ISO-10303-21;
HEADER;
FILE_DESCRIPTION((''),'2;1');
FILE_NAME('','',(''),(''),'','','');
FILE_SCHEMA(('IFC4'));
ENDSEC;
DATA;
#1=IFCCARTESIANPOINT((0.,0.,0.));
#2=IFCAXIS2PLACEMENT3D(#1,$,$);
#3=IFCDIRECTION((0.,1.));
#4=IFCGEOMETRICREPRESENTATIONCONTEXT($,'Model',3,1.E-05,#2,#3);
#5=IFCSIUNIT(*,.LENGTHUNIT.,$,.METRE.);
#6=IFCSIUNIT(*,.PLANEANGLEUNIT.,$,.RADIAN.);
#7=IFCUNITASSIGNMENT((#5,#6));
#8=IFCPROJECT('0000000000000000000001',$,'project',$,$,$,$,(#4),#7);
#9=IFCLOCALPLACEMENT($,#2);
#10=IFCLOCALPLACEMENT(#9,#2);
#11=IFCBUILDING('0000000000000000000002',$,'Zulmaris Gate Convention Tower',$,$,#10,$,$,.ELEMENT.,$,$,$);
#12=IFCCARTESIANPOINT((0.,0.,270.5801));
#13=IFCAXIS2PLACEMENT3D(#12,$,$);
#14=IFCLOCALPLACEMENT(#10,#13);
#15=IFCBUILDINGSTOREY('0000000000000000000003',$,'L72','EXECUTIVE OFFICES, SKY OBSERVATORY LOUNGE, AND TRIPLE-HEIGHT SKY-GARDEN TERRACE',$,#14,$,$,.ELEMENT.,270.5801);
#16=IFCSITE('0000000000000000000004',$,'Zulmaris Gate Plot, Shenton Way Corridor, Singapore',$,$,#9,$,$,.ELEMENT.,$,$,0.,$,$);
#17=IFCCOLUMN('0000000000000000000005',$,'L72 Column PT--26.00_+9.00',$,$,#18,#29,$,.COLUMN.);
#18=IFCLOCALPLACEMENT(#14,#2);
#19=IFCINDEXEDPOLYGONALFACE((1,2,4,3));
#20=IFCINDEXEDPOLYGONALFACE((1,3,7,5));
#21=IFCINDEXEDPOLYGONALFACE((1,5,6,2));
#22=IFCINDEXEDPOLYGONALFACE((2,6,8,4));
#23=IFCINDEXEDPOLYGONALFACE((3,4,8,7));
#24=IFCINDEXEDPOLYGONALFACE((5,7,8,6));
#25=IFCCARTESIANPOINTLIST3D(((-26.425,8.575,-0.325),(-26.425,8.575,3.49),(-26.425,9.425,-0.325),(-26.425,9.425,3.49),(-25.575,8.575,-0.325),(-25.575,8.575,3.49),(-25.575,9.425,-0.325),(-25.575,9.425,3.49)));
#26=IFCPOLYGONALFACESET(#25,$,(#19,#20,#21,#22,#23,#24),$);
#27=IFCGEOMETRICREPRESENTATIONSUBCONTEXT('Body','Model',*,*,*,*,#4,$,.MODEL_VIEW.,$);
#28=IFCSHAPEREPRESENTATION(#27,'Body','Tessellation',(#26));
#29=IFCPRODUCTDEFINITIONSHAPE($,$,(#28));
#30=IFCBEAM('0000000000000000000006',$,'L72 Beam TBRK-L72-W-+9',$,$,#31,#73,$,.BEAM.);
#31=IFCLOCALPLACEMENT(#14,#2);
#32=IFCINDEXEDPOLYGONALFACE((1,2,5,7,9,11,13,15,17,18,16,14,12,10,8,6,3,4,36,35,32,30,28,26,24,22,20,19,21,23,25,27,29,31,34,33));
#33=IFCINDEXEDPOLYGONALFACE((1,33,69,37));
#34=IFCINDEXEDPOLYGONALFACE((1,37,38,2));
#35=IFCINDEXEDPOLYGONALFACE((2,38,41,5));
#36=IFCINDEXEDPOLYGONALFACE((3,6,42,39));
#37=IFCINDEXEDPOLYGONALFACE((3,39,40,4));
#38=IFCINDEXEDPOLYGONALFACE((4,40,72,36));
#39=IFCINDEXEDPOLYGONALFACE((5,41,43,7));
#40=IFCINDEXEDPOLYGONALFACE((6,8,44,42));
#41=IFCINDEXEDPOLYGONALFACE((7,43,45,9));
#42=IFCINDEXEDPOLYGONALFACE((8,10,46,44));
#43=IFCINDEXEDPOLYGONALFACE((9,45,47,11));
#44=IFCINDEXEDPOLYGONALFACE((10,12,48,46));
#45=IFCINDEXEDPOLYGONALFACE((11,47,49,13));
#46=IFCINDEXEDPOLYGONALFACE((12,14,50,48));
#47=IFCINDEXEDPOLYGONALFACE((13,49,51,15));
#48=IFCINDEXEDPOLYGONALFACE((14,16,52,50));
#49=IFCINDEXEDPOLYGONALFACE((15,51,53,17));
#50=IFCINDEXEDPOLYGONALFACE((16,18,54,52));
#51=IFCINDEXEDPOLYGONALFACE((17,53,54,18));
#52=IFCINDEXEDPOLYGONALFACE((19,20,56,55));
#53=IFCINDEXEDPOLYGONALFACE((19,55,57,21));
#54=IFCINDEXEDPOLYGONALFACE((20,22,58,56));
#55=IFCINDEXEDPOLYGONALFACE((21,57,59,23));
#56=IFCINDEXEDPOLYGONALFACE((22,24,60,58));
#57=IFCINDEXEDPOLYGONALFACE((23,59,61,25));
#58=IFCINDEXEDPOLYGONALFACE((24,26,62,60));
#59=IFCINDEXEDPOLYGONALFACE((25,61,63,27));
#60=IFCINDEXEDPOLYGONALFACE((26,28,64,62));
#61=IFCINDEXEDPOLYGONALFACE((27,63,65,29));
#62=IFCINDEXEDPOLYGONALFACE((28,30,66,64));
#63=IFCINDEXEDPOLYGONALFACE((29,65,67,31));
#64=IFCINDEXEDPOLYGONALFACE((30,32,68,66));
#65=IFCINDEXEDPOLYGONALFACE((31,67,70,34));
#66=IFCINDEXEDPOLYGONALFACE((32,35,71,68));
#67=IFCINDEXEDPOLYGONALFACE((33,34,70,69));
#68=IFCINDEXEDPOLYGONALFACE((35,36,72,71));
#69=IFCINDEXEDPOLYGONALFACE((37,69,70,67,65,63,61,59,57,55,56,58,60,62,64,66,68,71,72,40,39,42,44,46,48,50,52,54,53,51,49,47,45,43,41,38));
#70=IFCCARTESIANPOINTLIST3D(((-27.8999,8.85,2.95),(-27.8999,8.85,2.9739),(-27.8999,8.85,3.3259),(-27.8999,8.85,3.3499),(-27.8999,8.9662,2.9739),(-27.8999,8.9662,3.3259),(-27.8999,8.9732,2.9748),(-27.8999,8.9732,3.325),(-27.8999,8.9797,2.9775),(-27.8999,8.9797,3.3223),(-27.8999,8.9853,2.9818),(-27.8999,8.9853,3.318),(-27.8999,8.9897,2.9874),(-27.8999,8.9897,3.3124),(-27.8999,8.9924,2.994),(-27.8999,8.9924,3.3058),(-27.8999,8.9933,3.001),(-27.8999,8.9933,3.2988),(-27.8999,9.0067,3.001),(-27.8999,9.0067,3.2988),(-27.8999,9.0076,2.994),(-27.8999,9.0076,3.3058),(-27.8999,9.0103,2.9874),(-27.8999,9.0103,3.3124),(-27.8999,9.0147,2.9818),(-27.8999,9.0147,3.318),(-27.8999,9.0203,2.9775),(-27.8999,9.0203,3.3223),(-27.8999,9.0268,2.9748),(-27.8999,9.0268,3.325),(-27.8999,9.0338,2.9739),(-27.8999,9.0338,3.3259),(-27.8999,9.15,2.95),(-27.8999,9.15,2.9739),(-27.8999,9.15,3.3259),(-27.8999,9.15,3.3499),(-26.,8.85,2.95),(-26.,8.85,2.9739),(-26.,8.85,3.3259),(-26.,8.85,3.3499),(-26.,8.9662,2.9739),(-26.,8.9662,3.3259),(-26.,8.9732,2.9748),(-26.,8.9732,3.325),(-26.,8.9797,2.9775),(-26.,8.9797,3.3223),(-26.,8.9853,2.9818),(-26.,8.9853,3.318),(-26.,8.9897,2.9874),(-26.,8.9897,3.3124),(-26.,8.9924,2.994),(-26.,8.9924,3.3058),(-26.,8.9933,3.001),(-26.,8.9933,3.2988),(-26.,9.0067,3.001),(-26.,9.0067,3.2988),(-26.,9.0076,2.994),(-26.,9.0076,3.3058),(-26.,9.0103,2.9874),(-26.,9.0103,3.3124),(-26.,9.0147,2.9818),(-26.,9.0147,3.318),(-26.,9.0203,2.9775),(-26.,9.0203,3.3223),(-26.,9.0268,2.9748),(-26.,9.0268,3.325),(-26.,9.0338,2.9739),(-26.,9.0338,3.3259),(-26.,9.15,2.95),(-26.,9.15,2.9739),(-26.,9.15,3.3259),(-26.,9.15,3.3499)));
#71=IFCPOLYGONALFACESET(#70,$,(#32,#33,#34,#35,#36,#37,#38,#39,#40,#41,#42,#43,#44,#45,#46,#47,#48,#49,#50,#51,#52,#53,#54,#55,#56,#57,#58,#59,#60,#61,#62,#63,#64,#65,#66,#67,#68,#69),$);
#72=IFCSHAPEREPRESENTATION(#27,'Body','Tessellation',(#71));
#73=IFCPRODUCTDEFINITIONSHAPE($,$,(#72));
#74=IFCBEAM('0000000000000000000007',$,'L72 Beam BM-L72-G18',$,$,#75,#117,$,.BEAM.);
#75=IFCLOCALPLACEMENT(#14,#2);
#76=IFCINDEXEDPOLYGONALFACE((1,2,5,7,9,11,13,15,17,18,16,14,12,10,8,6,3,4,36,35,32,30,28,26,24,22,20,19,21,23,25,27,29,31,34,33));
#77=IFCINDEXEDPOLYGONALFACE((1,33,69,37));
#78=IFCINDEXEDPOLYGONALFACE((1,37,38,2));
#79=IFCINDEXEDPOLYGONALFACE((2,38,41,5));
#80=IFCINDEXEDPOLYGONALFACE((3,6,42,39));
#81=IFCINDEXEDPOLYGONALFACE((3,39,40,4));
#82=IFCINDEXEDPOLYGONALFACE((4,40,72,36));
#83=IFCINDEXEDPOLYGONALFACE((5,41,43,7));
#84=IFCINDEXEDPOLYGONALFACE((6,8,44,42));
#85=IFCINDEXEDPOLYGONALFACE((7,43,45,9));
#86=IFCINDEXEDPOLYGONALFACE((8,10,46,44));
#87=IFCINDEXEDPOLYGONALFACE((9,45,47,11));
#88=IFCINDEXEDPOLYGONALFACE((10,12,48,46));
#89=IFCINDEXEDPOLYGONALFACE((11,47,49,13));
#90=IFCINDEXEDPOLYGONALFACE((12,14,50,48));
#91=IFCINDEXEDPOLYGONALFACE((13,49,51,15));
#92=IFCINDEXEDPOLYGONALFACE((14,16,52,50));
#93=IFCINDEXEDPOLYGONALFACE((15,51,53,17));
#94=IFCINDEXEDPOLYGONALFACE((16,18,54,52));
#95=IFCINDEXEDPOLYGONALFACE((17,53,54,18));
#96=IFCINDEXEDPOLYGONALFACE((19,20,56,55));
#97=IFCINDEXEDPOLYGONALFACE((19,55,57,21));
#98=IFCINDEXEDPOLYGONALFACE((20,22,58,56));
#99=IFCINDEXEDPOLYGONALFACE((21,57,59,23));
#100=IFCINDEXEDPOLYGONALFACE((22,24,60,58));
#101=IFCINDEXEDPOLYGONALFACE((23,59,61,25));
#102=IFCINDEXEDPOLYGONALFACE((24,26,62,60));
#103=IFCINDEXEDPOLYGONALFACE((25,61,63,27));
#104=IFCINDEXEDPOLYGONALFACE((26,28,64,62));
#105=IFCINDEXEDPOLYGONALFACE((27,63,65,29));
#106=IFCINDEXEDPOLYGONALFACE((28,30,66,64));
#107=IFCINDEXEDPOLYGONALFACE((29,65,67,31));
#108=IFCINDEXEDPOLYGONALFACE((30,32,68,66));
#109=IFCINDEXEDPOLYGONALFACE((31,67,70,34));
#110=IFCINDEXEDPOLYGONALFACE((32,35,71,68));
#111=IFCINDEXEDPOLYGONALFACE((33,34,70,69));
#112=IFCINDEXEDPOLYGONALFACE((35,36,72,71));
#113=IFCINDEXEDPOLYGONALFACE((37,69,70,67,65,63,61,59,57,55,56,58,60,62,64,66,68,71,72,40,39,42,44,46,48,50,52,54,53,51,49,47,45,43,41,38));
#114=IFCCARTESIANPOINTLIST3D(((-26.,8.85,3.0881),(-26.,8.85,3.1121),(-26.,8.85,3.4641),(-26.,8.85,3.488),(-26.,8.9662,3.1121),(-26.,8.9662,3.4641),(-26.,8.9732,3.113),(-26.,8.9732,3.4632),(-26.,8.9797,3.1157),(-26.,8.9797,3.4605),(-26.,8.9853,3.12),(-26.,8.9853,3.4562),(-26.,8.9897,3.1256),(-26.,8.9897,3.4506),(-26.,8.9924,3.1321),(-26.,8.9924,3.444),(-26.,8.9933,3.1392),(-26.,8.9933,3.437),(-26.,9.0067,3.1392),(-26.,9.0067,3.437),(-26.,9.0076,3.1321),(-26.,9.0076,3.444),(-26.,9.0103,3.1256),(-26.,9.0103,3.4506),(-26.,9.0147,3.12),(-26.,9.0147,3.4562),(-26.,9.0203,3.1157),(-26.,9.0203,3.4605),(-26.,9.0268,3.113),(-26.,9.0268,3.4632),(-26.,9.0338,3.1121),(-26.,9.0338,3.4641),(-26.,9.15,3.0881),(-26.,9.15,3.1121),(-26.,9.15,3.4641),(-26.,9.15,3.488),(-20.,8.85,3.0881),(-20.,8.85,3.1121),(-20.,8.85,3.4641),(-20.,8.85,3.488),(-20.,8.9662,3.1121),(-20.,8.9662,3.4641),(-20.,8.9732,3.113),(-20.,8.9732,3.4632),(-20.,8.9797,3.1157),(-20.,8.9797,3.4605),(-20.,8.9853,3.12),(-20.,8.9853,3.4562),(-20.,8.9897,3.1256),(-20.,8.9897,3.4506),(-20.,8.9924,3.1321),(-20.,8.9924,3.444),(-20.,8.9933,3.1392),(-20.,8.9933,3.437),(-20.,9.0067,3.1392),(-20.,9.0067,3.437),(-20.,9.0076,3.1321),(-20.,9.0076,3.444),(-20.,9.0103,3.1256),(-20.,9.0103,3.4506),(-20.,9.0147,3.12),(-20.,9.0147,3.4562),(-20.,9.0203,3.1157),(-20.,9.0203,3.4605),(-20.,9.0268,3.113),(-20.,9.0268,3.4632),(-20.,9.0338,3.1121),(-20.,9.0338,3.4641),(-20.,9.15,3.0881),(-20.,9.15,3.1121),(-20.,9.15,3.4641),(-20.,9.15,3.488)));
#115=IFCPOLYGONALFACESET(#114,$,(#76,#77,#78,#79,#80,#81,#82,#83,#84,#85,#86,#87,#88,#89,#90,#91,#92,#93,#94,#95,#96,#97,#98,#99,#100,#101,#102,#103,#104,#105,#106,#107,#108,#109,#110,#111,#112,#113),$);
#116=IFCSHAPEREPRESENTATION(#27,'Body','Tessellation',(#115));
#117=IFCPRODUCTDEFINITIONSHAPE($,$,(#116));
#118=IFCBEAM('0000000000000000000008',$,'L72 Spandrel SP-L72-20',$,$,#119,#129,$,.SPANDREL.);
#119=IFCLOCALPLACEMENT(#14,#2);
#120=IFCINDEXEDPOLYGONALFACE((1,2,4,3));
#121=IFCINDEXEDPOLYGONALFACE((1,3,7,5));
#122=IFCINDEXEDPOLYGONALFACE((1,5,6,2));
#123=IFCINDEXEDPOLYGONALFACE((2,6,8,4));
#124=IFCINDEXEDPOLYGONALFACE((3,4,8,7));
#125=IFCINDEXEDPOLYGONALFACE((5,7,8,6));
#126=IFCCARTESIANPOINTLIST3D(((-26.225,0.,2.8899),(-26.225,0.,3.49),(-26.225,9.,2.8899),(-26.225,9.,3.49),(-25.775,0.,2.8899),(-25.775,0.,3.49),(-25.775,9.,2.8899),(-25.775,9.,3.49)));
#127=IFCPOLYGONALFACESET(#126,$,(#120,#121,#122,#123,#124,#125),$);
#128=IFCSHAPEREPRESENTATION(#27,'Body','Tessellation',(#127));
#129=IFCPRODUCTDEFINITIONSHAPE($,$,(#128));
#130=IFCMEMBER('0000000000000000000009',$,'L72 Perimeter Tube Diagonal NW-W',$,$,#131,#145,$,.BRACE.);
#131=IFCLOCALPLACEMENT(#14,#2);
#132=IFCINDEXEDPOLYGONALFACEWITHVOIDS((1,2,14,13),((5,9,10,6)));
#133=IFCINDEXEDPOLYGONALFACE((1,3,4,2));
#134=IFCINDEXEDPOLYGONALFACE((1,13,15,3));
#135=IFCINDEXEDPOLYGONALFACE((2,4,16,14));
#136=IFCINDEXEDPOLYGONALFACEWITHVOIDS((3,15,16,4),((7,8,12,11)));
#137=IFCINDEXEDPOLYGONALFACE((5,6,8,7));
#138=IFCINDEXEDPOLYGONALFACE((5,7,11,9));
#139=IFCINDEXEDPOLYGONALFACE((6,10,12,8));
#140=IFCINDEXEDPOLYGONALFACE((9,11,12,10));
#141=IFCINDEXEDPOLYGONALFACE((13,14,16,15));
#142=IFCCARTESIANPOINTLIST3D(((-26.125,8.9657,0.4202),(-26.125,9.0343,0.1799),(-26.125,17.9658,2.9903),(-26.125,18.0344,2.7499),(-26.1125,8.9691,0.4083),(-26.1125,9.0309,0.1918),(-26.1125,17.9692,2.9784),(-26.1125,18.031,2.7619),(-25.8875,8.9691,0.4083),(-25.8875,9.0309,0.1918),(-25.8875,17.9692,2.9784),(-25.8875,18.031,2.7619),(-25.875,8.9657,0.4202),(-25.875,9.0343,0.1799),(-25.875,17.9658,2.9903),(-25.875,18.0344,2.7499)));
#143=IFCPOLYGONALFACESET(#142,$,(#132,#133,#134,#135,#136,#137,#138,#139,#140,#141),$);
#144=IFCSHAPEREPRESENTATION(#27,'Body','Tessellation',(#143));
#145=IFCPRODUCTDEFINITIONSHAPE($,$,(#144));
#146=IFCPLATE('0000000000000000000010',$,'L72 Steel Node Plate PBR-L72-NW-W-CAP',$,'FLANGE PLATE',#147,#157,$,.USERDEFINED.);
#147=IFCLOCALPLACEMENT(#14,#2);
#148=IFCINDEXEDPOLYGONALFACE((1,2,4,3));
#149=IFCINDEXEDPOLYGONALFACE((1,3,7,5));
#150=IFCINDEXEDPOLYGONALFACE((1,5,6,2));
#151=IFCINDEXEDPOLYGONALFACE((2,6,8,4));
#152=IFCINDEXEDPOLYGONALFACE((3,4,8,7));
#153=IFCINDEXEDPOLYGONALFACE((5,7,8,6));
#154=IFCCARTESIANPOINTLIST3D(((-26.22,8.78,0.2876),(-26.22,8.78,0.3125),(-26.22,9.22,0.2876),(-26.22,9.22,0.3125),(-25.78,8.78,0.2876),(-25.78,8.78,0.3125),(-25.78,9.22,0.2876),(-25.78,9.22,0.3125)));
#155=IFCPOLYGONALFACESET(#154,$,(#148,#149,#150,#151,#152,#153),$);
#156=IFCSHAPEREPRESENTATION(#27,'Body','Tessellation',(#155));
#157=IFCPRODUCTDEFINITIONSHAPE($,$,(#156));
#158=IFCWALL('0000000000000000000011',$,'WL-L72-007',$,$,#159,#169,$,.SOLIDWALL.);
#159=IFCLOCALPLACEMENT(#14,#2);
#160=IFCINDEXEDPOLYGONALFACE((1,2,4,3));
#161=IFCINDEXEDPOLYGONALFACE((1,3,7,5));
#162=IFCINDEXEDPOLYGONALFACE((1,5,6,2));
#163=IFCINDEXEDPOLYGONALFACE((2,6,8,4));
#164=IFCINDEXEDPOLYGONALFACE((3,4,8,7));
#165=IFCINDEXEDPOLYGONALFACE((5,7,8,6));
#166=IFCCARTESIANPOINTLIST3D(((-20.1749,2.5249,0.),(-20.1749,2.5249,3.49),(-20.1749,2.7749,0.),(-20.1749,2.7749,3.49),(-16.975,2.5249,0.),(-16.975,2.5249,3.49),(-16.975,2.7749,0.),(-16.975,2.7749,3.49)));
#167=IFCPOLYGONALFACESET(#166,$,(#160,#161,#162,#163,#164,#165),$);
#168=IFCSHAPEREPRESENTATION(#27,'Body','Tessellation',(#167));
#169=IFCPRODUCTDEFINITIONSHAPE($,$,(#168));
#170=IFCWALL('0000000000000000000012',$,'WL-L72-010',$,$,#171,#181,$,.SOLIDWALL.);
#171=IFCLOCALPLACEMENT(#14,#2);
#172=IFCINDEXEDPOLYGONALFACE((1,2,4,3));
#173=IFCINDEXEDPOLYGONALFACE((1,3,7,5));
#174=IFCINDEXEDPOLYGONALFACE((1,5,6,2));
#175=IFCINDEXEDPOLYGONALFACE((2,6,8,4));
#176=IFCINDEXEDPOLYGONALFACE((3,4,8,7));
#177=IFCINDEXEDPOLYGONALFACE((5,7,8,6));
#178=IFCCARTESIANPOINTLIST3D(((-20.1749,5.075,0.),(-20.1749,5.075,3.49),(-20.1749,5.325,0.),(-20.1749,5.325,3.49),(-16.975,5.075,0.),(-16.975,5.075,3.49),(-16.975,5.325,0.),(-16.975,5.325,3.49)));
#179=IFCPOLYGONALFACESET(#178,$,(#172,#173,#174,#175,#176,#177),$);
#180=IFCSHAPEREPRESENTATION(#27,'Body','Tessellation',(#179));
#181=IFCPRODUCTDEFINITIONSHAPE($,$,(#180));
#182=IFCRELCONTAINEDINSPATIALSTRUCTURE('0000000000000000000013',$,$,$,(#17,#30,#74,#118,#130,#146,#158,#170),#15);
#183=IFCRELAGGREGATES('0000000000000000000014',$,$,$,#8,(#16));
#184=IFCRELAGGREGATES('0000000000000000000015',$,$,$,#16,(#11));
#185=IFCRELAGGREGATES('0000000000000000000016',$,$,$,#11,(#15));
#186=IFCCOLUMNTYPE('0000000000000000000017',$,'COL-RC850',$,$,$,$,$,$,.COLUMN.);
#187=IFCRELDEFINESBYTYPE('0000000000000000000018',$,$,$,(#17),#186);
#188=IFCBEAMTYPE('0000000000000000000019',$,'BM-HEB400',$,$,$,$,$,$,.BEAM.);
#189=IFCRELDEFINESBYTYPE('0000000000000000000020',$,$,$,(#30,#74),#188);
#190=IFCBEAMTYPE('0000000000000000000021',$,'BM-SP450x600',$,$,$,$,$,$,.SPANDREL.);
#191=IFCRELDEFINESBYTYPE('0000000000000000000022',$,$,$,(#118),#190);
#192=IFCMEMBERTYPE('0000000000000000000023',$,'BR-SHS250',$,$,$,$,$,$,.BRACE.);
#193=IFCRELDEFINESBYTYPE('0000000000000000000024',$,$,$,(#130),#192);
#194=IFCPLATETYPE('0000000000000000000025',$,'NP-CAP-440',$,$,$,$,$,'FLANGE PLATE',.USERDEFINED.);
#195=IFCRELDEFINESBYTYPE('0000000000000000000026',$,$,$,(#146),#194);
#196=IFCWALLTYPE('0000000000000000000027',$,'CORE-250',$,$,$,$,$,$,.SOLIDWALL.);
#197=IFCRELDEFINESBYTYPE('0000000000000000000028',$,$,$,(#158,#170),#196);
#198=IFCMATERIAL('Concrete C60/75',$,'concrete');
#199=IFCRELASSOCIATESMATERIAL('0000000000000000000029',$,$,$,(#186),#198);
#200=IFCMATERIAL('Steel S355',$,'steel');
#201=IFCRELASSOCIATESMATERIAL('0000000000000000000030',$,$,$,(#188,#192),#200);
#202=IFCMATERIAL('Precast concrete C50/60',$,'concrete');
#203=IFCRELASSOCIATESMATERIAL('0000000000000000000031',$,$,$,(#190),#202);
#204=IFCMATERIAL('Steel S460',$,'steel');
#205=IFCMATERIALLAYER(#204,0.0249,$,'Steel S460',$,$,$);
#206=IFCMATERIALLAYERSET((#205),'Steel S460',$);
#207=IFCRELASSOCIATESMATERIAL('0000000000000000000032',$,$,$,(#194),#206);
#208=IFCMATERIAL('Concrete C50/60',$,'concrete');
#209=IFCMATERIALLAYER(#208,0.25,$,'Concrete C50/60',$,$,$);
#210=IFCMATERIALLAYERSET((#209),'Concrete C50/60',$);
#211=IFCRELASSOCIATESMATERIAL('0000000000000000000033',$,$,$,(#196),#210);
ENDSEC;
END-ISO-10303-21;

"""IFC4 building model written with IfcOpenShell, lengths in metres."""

from ifc_helpers import new_model, si_unit, direction, frame, frame_2d, origin, origin_2d, place, context, subcontext, project, spatial, rectangle, hollow_rectangle, i_section, extrude, material, layer, layer_set, material_profile, profile_set, type_object, element, save


model = new_model("IFC4")

# Units and contexts
model_context = context("Model", 3, precision=1e-05, world=origin(), true_north=direction((0.0, 1.0)))
body_context = subcontext(model_context, "Body", "Model", "MODEL_VIEW")
ifc_project = project(units=[si_unit("LENGTHUNIT", "METRE"), si_unit("PLANEANGLEUNIT", "RADIAN")], contexts=[model_context])

# Site, building, storey
site_placement = place(None, origin())
site = spatial("IfcSite", under=ifc_project, at=site_placement, Name="Zulmaris Gate Plot, Shenton Way Corridor, Singapore", CompositionType="ELEMENT", RefElevation=0.0)
building_placement = place(site_placement, origin())
building = spatial("IfcBuilding", under=site, at=building_placement, Name="Zulmaris Gate Convention Tower", CompositionType="ELEMENT")
storey_placement = place(building_placement, frame((0.0, 0.0, 270.5801)))
storey = spatial("IfcBuildingStorey", under=building, at=storey_placement, Name="L72", Description="EXECUTIVE OFFICES, SKY OBSERVATORY LOUNGE, AND TRIPLE-HEIGHT SKY-GARDEN TERRACE", CompositionType="ELEMENT", Elevation=270.5801)

# Column
ifc_material_1 = material(Name="Concrete C60/75", Category="concrete")
ifc_material_profile_1 = material_profile(ifc_material_1, rectangle(XDim=0.8501, YDim=0.8501, at=origin_2d()), Name="RC COL 850x850")
ifc_profile_set_1 = profile_set([ifc_material_profile_1], Name="Concrete C60/75")
column_type = type_object("IfcColumnType", Name="COL-RC850", PredefinedType="COLUMN", material=ifc_profile_set_1)
column_placement = place(storey_placement, frame((-26.0, 9.0, -0.325), z_axis=(0.0, 0.0, 1.0), x_axis=(1.0, 0.0, 0.0)))
element("IfcColumn", 1, at=column_placement, inside=storey, type_object=column_type, Name="L72 Column PT--26.00_+9.00", PredefinedType="COLUMN", context=body_context, shape_type="SweptSolid", body=[
    extrude(rectangle(XDim=0.8501, YDim=0.8501, at=origin_2d()), origin(), (0.0, 0.0, 1.0), 3.8149),
])

# Beams
ifc_material_2 = material(Name="Steel S355", Category="steel")
ifc_material_profile_2 = material_profile(ifc_material_2, i_section(OverallWidth=0.3, OverallDepth=0.3999, WebThickness=0.0134, FlangeThickness=0.0239, FilletRadius=0.0271, at=origin_2d()), Name="HEB 400")
ifc_profile_set_2 = profile_set([ifc_material_profile_2], Name="Steel S355")
beam_type_1 = type_object("IfcBeamType", Name="BM-HEB400", PredefinedType="BEAM", material=ifc_profile_set_2)
beam_1_placement = place(storey_placement, frame((-27.8999, 9.0, 3.1499), z_axis=(1.0, 0.0, 0.0), x_axis=(0.0, 1.0, 0.0)))
element("IfcBeam", 2, at=beam_1_placement, inside=storey, type_object=beam_type_1, Name="L72 Beam TBRK-L72-W-+9", PredefinedType="BEAM", context=body_context, shape_type="SweptSolid", body=[
    extrude(i_section(OverallWidth=0.3, OverallDepth=0.3999, WebThickness=0.0134, FlangeThickness=0.0239, FilletRadius=0.0271, at=origin_2d()), origin(), (0.0, 0.0, 1.0), 1.8999),
])
beam_2_placement = place(storey_placement, frame((-26.0, 9.0, 3.2881), z_axis=(1.0, 0.0, 0.0), x_axis=(0.0, 1.0, 0.0)))
element("IfcBeam", 3, at=beam_2_placement, inside=storey, type_object=beam_type_1, Name="L72 Beam BM-L72-G18", PredefinedType="BEAM", context=body_context, shape_type="SweptSolid", body=[
    extrude(i_section(OverallWidth=0.3, OverallDepth=0.3999, WebThickness=0.0134, FlangeThickness=0.0239, FilletRadius=0.0271, at=origin_2d()), origin(), (0.0, 0.0, 1.0), 6.0),
])
ifc_material_3 = material(Name="Precast concrete C50/60", Category="concrete")
ifc_material_profile_3 = material_profile(ifc_material_3, rectangle(XDim=0.45, YDim=0.6001, at=origin_2d()), Name="RC SPANDREL 450x600")
ifc_profile_set_3 = profile_set([ifc_material_profile_3], Name="Precast concrete C50/60")
beam_type_2 = type_object("IfcBeamType", Name="BM-SP450x600", PredefinedType="SPANDREL", material=ifc_profile_set_3)
beam_3_placement = place(storey_placement, frame((-26.0, 9.0, 3.1899), z_axis=(0.0, -1.0, 0.0), x_axis=(1.0, 0.0, 0.0)))
element("IfcBeam", 4, at=beam_3_placement, inside=storey, type_object=beam_type_2, Name="L72 Spandrel SP-L72-20", PredefinedType="SPANDREL", context=body_context, shape_type="SweptSolid", body=[
    extrude(rectangle(XDim=0.45, YDim=0.6001, at=origin_2d()), origin(), (0.0, 0.0, 1.0), 9.0),
])

# Member
ifc_material_profile_4 = material_profile(ifc_material_2, hollow_rectangle(XDim=0.25, YDim=0.25, WallThickness=0.0125, at=origin_2d()), Name="SHS 250x250x12.5")
ifc_profile_set_4 = profile_set([ifc_material_profile_4], Name="Steel S355")
member_type = type_object("IfcMemberType", Name="BR-SHS250", PredefinedType="BRACE", material=ifc_profile_set_4)
member_placement = place(storey_placement, frame((-26.0, 9.0, 0.3), z_axis=(0.0, 0.961562, 0.274587), x_axis=(-1.0, 0.0, 0.0)))
element("IfcMember", 5, at=member_placement, inside=storey, type_object=member_type, Name="L72 Perimeter Tube Diagonal NW-W", PredefinedType="BRACE", context=body_context, shape_type="SweptSolid", body=[
    extrude(hollow_rectangle(XDim=0.25, YDim=0.25, WallThickness=0.0125, at=origin_2d()), origin(), (0.0, 0.0, 1.0), 9.3599),
])

# Plate
ifc_material_4 = material(Name="Steel S460", Category="steel")
ifc_layer_1 = layer(ifc_material_4, 0.0249, Name="Steel S460")
ifc_layer_set_1 = layer_set([ifc_layer_1], Name="Steel S460")
plate_type = type_object("IfcPlateType", Name="NP-CAP-440", ElementType="FLANGE PLATE", PredefinedType="USERDEFINED", material=ifc_layer_set_1)
plate_placement = place(storey_placement, frame((-26.0, 9.0, 0.2876), z_axis=(0.0, 0.0, 1.0), x_axis=(1.0, 0.0, 0.0)))
element("IfcPlate", 6, at=plate_placement, inside=storey, type_object=plate_type, Name="L72 Steel Node Plate PBR-L72-NW-W-CAP", ObjectType="FLANGE PLATE", PredefinedType="USERDEFINED", context=body_context, shape_type="SweptSolid", body=[
    extrude(rectangle(XDim=0.4399, YDim=0.4399, at=origin_2d()), origin(), (0.0, 0.0, 1.0), 0.0249),
])

# Walls
ifc_material_5 = material(Name="Concrete C50/60", Category="concrete")
ifc_layer_2 = layer(ifc_material_5, 0.25, Name="Concrete C50/60")
ifc_layer_set_2 = layer_set([ifc_layer_2], Name="Concrete C50/60")
wall_type_1 = type_object("IfcWallType", Name="CORE-250", PredefinedType="SOLIDWALL", material=ifc_layer_set_2)
for number, where, z_axis, x_axis, name in (
    (7, (-20.175, 2.6499, 0.0), (0.0, 0.0, 1.0), (1.0, 0.0, 0.0), "WL-L72-007"),
    (8, (-20.175, 5.2, 0.0), (0.0, 0.0, 1.0), (1.0, 0.0, 0.0), "WL-L72-010"),
):
    element("IfcWall", number, at=place(storey_placement, frame(where, z_axis=z_axis, x_axis=x_axis)), inside=storey, type_object=wall_type_1, Name=name, PredefinedType="SOLIDWALL", context=body_context, shape_type="SweptSolid", body=[
        extrude(rectangle(XDim=3.2, YDim=0.25, at=frame_2d((1.6001, 0.0))), origin(), (0.0, 0.0, 1.0), 3.49),
    ])

save(model, "model.ifc")
